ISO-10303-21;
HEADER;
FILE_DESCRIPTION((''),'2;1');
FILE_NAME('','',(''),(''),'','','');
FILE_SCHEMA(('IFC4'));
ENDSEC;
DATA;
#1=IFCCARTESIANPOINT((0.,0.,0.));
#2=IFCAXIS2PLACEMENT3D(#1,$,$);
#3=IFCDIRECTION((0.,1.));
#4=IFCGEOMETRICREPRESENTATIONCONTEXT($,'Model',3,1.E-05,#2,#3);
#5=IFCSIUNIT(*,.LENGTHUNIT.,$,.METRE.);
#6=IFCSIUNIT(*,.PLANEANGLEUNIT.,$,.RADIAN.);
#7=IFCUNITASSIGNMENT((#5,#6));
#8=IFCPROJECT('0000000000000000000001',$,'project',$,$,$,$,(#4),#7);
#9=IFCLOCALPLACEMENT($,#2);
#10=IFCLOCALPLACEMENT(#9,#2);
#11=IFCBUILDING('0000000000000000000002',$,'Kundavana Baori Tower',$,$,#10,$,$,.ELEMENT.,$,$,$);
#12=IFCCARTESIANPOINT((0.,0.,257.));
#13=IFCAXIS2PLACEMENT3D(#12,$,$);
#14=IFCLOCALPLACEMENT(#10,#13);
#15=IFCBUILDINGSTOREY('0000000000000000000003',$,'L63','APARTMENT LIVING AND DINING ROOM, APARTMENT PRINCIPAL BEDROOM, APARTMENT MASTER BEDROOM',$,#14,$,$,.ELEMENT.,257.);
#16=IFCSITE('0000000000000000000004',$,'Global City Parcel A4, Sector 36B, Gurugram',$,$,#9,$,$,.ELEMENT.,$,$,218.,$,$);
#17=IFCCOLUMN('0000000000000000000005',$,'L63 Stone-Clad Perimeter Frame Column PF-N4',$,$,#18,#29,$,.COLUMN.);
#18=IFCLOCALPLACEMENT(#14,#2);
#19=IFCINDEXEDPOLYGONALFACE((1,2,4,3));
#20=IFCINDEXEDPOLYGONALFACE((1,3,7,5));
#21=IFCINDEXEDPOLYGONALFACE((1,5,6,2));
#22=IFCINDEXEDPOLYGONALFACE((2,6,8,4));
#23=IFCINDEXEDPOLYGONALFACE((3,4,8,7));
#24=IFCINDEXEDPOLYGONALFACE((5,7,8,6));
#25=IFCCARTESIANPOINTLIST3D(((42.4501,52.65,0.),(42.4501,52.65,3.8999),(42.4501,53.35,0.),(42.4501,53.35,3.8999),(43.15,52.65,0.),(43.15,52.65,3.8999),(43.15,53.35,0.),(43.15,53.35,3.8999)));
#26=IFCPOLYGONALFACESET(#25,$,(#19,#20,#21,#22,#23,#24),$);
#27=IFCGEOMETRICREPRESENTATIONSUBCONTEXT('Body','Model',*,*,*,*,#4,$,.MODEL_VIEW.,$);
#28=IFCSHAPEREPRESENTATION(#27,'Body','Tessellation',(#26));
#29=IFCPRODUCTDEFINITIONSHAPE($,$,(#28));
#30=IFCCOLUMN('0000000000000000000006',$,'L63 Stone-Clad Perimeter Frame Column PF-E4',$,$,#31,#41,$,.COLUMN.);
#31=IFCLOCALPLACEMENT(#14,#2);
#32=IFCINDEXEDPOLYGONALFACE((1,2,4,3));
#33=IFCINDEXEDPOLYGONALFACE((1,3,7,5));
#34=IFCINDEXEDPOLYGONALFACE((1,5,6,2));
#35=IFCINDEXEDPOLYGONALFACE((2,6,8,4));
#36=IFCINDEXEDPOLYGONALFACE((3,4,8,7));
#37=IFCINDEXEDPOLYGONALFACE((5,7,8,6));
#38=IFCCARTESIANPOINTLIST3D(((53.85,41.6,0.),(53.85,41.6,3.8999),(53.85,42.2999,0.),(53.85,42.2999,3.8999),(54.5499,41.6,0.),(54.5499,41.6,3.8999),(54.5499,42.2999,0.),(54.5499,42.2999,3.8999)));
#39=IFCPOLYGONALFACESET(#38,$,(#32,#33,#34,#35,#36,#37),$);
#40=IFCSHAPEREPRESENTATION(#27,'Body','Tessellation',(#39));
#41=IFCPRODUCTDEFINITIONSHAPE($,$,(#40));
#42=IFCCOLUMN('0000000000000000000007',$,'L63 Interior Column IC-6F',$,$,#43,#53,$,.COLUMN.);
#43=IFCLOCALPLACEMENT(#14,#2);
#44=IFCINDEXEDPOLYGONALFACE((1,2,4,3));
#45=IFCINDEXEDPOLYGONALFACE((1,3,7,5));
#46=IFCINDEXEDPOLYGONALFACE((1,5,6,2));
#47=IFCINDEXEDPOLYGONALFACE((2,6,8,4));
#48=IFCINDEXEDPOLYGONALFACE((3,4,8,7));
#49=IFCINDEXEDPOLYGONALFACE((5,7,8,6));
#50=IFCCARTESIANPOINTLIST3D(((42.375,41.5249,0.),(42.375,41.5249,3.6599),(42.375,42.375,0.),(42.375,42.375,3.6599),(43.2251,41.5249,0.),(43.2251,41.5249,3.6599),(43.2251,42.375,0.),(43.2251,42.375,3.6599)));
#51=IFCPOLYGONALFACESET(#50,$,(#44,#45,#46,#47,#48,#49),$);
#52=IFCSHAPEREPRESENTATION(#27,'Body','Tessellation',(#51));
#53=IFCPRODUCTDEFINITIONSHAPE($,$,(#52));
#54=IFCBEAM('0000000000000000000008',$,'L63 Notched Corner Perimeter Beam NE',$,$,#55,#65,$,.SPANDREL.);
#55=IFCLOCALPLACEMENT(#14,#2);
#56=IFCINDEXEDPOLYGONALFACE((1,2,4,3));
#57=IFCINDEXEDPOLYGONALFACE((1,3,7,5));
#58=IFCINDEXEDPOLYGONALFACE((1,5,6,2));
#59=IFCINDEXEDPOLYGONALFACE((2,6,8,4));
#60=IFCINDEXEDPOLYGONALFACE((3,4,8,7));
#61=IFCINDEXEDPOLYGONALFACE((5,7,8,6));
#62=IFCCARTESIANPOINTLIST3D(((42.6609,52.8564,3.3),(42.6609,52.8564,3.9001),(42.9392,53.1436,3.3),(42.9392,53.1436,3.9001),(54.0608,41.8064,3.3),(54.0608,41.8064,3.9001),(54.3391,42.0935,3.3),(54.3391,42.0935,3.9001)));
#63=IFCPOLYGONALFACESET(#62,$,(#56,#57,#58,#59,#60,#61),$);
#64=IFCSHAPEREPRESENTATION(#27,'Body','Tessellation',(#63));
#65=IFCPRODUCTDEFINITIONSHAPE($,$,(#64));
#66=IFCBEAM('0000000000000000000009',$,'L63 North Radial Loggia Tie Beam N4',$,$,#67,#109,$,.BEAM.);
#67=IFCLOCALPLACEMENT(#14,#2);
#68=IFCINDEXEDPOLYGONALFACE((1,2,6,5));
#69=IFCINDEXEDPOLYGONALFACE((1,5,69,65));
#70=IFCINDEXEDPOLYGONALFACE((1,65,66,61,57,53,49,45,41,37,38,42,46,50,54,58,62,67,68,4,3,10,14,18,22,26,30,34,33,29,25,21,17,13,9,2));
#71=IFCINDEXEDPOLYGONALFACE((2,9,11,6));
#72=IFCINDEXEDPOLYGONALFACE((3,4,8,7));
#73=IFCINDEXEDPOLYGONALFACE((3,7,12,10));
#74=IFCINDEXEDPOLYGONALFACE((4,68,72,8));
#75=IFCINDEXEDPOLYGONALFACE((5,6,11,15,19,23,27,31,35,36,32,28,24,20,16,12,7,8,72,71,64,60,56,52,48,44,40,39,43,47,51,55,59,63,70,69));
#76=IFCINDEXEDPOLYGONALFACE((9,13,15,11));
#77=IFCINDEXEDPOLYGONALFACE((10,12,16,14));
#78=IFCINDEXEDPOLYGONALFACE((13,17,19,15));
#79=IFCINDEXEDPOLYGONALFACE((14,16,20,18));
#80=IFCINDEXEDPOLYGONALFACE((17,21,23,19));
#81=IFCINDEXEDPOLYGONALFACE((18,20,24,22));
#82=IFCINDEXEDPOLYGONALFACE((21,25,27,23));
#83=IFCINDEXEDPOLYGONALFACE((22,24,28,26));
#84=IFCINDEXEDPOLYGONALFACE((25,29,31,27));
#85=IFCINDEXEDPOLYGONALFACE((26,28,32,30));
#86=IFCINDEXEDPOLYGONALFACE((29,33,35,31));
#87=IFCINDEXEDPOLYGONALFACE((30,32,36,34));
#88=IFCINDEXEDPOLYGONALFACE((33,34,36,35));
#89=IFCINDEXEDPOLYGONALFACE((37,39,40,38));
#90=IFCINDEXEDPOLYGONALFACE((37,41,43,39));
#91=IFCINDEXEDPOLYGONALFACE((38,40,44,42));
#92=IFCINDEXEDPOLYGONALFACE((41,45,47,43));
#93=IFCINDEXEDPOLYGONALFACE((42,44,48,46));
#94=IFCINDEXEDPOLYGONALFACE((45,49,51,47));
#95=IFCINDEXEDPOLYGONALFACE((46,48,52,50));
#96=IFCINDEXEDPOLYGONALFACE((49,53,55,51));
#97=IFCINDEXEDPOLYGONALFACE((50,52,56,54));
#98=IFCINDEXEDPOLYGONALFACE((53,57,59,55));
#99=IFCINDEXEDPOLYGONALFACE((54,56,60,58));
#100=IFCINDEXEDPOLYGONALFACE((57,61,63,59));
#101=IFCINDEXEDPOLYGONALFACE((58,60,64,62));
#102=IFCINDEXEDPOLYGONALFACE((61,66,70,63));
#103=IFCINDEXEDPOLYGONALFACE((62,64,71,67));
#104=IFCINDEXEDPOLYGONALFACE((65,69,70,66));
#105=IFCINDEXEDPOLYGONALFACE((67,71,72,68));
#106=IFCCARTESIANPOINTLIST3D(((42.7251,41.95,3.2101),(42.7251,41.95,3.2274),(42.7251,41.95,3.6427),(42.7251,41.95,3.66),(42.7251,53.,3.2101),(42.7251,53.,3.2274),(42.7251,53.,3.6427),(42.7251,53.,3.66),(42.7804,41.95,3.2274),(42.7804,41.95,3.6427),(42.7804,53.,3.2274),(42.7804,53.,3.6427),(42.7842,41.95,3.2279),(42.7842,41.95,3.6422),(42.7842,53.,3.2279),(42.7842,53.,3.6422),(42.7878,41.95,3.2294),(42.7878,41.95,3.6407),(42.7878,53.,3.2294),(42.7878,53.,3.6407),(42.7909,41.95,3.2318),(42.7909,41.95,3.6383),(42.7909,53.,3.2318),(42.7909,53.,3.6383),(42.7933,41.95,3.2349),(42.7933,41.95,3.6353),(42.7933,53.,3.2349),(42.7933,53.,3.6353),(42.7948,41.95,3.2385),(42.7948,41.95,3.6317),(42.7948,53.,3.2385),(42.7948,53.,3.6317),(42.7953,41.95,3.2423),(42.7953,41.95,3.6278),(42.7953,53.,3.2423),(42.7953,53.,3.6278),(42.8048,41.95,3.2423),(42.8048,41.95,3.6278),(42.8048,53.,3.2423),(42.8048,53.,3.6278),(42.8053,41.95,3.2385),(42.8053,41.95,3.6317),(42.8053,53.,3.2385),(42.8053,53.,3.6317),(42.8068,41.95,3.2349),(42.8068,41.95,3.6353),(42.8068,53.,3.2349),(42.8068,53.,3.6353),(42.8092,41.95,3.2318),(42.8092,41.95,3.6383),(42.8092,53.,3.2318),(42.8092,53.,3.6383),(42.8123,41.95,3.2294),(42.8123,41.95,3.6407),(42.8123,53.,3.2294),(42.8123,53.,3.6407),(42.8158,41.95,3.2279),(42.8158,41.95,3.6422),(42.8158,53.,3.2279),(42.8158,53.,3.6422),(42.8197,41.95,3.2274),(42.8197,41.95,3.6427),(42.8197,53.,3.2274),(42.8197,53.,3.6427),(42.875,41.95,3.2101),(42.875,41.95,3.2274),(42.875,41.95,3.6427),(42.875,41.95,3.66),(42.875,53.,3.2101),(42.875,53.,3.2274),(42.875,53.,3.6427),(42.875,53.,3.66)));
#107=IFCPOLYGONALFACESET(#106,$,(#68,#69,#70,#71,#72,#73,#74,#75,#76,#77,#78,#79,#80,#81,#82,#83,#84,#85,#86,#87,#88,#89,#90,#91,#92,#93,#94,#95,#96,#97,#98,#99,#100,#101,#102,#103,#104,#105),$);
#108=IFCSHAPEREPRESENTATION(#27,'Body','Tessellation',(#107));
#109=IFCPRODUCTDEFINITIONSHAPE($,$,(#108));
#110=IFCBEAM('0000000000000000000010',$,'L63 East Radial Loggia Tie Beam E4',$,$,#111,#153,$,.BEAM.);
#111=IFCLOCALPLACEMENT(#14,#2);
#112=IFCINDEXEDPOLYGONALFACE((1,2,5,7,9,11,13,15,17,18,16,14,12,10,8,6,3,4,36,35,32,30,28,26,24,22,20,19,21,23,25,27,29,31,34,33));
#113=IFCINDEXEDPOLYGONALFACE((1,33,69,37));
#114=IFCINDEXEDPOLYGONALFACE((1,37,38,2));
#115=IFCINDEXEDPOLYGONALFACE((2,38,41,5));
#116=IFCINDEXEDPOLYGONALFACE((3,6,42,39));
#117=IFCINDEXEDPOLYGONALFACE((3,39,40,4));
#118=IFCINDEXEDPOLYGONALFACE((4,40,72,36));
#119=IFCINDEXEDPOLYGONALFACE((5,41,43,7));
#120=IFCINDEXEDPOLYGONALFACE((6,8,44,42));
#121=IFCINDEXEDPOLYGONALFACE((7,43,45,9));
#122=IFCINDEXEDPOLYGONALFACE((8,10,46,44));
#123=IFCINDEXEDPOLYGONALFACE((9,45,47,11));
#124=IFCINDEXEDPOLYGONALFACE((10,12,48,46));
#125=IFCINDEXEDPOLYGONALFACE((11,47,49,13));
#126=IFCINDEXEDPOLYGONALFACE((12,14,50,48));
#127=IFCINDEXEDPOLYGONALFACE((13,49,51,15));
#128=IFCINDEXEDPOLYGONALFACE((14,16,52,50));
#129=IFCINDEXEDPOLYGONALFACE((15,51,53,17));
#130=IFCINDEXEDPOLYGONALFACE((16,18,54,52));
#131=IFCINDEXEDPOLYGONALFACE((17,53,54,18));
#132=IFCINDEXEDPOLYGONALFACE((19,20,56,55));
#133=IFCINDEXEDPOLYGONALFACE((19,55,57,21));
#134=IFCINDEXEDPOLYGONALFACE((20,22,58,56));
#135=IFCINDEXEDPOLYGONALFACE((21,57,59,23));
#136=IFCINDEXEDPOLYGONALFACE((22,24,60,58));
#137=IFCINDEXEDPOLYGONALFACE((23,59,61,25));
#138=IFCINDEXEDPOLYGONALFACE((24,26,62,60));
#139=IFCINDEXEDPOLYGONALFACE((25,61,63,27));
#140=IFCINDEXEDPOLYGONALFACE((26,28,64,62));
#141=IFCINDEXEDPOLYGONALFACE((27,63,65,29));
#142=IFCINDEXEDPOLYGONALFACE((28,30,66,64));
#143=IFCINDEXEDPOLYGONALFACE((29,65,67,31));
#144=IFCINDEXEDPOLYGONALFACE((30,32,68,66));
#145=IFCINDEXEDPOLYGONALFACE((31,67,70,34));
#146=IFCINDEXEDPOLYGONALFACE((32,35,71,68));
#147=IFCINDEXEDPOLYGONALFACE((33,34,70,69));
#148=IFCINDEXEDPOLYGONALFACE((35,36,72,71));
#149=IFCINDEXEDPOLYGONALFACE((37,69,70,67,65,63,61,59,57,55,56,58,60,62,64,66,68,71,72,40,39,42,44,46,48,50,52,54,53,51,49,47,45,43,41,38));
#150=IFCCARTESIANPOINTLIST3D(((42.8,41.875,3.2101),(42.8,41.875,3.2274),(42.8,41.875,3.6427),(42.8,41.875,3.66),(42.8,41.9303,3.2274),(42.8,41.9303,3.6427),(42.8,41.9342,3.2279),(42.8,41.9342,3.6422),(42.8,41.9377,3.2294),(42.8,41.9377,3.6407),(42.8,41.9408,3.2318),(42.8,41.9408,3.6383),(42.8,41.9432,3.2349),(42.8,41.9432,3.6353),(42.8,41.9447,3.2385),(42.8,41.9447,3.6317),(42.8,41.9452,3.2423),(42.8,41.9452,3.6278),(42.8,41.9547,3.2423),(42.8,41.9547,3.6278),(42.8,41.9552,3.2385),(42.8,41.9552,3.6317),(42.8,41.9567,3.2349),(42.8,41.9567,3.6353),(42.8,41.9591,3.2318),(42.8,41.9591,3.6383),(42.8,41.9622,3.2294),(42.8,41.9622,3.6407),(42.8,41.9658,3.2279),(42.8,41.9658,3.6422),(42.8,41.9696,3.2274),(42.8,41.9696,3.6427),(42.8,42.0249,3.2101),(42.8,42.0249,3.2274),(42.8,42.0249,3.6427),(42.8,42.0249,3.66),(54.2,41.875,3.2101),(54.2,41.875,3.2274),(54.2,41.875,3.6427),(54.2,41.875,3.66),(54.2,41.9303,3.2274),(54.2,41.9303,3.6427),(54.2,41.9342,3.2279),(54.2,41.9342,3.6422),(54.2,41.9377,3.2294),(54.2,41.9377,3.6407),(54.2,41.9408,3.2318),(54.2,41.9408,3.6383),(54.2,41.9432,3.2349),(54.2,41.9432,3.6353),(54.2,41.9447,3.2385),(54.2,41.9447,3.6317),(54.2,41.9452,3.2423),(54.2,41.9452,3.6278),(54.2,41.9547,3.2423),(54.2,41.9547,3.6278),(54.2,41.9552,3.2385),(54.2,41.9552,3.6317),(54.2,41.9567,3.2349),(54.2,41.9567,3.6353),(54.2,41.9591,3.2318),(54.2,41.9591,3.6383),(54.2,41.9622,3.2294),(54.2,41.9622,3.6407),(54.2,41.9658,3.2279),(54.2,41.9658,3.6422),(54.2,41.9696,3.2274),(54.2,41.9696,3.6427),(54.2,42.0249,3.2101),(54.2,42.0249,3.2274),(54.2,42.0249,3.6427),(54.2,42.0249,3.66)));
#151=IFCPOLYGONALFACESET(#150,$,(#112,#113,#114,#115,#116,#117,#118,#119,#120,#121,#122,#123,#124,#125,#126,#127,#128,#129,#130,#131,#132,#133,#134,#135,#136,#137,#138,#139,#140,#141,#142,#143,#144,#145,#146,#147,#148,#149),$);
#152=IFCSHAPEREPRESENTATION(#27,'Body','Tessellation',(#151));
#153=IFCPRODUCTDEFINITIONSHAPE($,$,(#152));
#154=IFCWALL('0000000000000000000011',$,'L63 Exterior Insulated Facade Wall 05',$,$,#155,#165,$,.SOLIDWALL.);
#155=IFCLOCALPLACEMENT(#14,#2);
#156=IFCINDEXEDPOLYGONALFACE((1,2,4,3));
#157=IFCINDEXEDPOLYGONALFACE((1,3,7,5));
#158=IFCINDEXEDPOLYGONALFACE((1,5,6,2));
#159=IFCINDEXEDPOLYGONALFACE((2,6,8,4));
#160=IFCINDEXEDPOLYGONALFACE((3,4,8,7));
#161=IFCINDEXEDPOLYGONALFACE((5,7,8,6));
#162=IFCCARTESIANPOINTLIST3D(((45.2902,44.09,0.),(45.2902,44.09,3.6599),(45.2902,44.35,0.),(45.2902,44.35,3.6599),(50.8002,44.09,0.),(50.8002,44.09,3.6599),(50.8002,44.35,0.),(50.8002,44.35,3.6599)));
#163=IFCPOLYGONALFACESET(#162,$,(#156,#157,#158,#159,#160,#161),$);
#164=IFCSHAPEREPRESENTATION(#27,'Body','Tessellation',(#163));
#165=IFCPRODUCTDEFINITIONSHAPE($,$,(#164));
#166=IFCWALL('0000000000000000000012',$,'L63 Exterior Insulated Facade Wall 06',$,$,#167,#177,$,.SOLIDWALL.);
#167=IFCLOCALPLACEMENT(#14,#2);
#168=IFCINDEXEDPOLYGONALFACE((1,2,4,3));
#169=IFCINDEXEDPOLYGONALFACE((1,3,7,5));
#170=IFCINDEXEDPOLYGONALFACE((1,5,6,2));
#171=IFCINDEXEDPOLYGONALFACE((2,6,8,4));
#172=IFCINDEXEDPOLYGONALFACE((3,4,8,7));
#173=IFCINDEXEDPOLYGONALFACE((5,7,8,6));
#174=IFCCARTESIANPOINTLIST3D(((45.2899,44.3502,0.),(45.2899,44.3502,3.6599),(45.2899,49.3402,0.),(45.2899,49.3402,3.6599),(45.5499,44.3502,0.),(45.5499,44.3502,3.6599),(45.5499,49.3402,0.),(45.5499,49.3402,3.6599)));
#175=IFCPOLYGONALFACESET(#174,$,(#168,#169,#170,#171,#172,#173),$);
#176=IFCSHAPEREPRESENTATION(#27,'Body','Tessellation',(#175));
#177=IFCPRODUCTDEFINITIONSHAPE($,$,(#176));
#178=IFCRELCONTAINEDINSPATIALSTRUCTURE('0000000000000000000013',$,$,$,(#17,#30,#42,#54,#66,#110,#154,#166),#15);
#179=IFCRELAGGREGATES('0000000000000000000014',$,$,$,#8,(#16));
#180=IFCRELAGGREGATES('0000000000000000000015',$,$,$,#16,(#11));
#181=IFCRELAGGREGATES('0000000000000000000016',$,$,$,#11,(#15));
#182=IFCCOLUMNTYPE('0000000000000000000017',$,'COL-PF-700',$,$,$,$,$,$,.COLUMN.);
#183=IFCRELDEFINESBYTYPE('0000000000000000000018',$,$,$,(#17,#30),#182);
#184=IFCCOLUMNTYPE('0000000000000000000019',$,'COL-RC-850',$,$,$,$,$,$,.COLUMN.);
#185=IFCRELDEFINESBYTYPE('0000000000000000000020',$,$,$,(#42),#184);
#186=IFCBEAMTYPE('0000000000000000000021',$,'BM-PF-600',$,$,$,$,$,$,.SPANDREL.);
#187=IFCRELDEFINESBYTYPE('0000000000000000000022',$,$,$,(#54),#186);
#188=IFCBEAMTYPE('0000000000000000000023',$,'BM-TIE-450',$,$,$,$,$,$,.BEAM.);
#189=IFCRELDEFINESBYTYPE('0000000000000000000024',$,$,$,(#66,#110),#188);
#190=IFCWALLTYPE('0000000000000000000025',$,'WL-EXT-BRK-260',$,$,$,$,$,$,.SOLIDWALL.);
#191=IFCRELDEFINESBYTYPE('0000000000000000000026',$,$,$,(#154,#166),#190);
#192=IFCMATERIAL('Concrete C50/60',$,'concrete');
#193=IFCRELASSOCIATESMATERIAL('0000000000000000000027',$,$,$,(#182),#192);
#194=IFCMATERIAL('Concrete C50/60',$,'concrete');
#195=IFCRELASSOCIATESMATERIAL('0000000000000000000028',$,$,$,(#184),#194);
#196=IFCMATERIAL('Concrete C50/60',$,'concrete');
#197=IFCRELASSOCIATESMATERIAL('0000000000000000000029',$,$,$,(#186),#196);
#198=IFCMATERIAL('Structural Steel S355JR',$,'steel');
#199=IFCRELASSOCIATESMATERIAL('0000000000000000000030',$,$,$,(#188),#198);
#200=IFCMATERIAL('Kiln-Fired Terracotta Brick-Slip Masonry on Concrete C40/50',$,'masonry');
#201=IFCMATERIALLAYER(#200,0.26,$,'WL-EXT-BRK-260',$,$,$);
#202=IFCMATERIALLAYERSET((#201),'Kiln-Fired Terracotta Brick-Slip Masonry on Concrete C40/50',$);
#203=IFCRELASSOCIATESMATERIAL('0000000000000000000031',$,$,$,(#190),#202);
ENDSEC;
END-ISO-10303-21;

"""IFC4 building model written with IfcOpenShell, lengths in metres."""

from ifc_helpers import new_model, si_unit, direction, frame, frame_2d, origin, origin_2d, place, context, subcontext, project, spatial, rectangle, i_section, extrude, material, layer, layer_set, material_profile, profile_set, type_object, element, save


model = new_model("IFC4")

# Units and contexts
model_context = context("Model", 3, precision=1e-05, world=origin(), true_north=direction((0.0, 1.0)))
body_context = subcontext(model_context, "Body", "Model", "MODEL_VIEW")
ifc_project = project(units=[si_unit("LENGTHUNIT", "METRE"), si_unit("PLANEANGLEUNIT", "RADIAN")], contexts=[model_context])

# Site, building, storey
site_placement = place(None, origin())
site = spatial("IfcSite", under=ifc_project, at=site_placement, Name="Global City Parcel A4, Sector 36B, Gurugram", CompositionType="ELEMENT", RefElevation=218.0)
building_placement = place(site_placement, origin())
building = spatial("IfcBuilding", under=site, at=building_placement, Name="Kundavana Baori Tower", CompositionType="ELEMENT")
storey_placement = place(building_placement, frame((0.0, 0.0, 257.0)))
storey = spatial("IfcBuildingStorey", under=building, at=storey_placement, Name="L63", Description="APARTMENT LIVING AND DINING ROOM, APARTMENT PRINCIPAL BEDROOM, APARTMENT MASTER BEDROOM", CompositionType="ELEMENT", Elevation=257.0)

# Columns
ifc_material_1 = material(Name="Concrete C50/60", Category="concrete")
ifc_material_profile_1 = material_profile(ifc_material_1, rectangle(XDim=0.7, YDim=0.7, at=origin_2d()), Name="RC PF 700x700")
ifc_profile_set_1 = profile_set([ifc_material_profile_1], Name="Concrete C50/60")
column_type_1 = type_object("IfcColumnType", Name="COL-PF-700", PredefinedType="COLUMN", material=ifc_profile_set_1)
for number, where, z_axis, x_axis, name in (
    (1, (42.8, 53.0, 0.0), (0.0, 0.0, 1.0), (1.0, 0.0, 0.0), "L63 Stone-Clad Perimeter Frame Column PF-N4"),
    (2, (54.2, 41.95, 0.0), (0.0, 0.0, 1.0), (1.0, 0.0, 0.0), "L63 Stone-Clad Perimeter Frame Column PF-E4"),
):
    element("IfcColumn", number, at=place(storey_placement, frame(where, z_axis=z_axis, x_axis=x_axis)), inside=storey, type_object=column_type_1, Name=name, PredefinedType="COLUMN", context=body_context, shape_type="SweptSolid", body=[
        extrude(rectangle(XDim=0.7, YDim=0.7, at=origin_2d()), origin(), (0.0, 0.0, 1.0), 3.8999),
    ])
ifc_material_2 = material(Name="Concrete C50/60", Category="concrete")
ifc_material_profile_2 = material_profile(ifc_material_2, rectangle(XDim=0.8501, YDim=0.8501, at=origin_2d()), Name="RC 850x850")
ifc_profile_set_2 = profile_set([ifc_material_profile_2], Name="Concrete C50/60")
column_type_2 = type_object("IfcColumnType", Name="COL-RC-850", PredefinedType="COLUMN", material=ifc_profile_set_2)
column_placement = place(storey_placement, frame((42.8, 41.95, 0.0), z_axis=(0.0, 0.0, 1.0), x_axis=(1.0, 0.0, 0.0)))
element("IfcColumn", 3, at=column_placement, inside=storey, type_object=column_type_2, Name="L63 Interior Column IC-6F", PredefinedType="COLUMN", context=body_context, shape_type="SweptSolid", body=[
    extrude(rectangle(XDim=0.8501, YDim=0.8501, at=origin_2d()), origin(), (0.0, 0.0, 1.0), 3.6599),
])

# Beams
ifc_material_3 = material(Name="Concrete C50/60", Category="concrete")
ifc_material_profile_3 = material_profile(ifc_material_3, rectangle(XDim=0.3999, YDim=0.6001, at=origin_2d()), Name="RC BM 400x600")
ifc_profile_set_3 = profile_set([ifc_material_profile_3], Name="Concrete C50/60")
beam_type_1 = type_object("IfcBeamType", Name="BM-PF-600", PredefinedType="SPANDREL", material=ifc_profile_set_3)
beam_1_placement = place(storey_placement, frame((42.8, 53.0, 3.6001), z_axis=(0.718039, -0.696003, 0.0), x_axis=(0.696003, 0.718039, 0.0)))
element("IfcBeam", 4, at=beam_1_placement, inside=storey, type_object=beam_type_1, Name="L63 Notched Corner Perimeter Beam NE", PredefinedType="SPANDREL", context=body_context, shape_type="SweptSolid", body=[
    extrude(rectangle(XDim=0.3999, YDim=0.6001, at=origin_2d()), origin(), (0.0, 0.0, 1.0), 15.8765),
])
ifc_material_4 = material(Name="Structural Steel S355JR", Category="steel")
ifc_material_profile_4 = material_profile(ifc_material_4, i_section(OverallWidth=0.1499, OverallDepth=0.45, WebThickness=0.0095, FlangeThickness=0.0173, FilletRadius=0.0149, at=origin_2d()), Name="ISMB 450")
ifc_profile_set_4 = profile_set([ifc_material_profile_4], Name="Structural Steel S355JR")
beam_type_2 = type_object("IfcBeamType", Name="BM-TIE-450", PredefinedType="BEAM", material=ifc_profile_set_4)
beam_2_placement = place(storey_placement, frame((42.8, 41.95, 3.4351), z_axis=(0.0, 1.0, 0.0), x_axis=(-1.0, 0.0, 0.0)))
element("IfcBeam", 5, at=beam_2_placement, inside=storey, type_object=beam_type_2, Name="L63 North Radial Loggia Tie Beam N4", PredefinedType="BEAM", context=body_context, shape_type="SweptSolid", body=[
    extrude(i_section(OverallWidth=0.1499, OverallDepth=0.45, WebThickness=0.0095, FlangeThickness=0.0173, FilletRadius=0.0149, at=origin_2d()), origin(), (0.0, 0.0, 1.0), 11.05),
])
beam_3_placement = place(storey_placement, frame((42.8, 41.95, 3.4351), z_axis=(1.0, 0.0, 0.0), x_axis=(0.0, 1.0, 0.0)))
element("IfcBeam", 6, at=beam_3_placement, inside=storey, type_object=beam_type_2, Name="L63 East Radial Loggia Tie Beam E4", PredefinedType="BEAM", context=body_context, shape_type="SweptSolid", body=[
    extrude(i_section(OverallWidth=0.1499, OverallDepth=0.45, WebThickness=0.0095, FlangeThickness=0.0173, FilletRadius=0.0149, at=origin_2d()), origin(), (0.0, 0.0, 1.0), 11.3999),
])

# Walls
ifc_material_5 = material(Name="Kiln-Fired Terracotta Brick-Slip Masonry on Concrete C40/50", Category="masonry")
ifc_layer_1 = layer(ifc_material_5, 0.26, Name="WL-EXT-BRK-260")
ifc_layer_set_1 = layer_set([ifc_layer_1], Name="Kiln-Fired Terracotta Brick-Slip Masonry on Concrete C40/50")
wall_type_1 = type_object("IfcWallType", Name="WL-EXT-BRK-260", PredefinedType="SOLIDWALL", material=ifc_layer_set_1)
wall_1_placement = place(storey_placement, frame((50.8, 44.22, 0.0), z_axis=(0.0, 0.0, 1.0), x_axis=(-1.0, 0.0, 0.0)))
element("IfcWall", 7, at=wall_1_placement, inside=storey, type_object=wall_type_1, Name="L63 Exterior Insulated Facade Wall 05", PredefinedType="SOLIDWALL", context=body_context, shape_type="SweptSolid", body=[
    extrude(rectangle(XDim=5.51, YDim=0.26, at=frame_2d((2.7549, 0.0))), origin(), (0.0, 0.0, 1.0), 3.6599),
])
wall_2_placement = place(storey_placement, frame((45.4199, 44.3501, 0.0), z_axis=(0.0, 0.0, 1.0), x_axis=(0.0, 1.0, 0.0)))
element("IfcWall", 8, at=wall_2_placement, inside=storey, type_object=wall_type_1, Name="L63 Exterior Insulated Facade Wall 06", PredefinedType="SOLIDWALL", context=body_context, shape_type="SweptSolid", body=[
    extrude(rectangle(XDim=4.99, YDim=0.26, at=frame_2d((2.4951, 0.0))), origin(), (0.0, 0.0, 1.0), 3.6599),
])

save(model, "model.ifc")
